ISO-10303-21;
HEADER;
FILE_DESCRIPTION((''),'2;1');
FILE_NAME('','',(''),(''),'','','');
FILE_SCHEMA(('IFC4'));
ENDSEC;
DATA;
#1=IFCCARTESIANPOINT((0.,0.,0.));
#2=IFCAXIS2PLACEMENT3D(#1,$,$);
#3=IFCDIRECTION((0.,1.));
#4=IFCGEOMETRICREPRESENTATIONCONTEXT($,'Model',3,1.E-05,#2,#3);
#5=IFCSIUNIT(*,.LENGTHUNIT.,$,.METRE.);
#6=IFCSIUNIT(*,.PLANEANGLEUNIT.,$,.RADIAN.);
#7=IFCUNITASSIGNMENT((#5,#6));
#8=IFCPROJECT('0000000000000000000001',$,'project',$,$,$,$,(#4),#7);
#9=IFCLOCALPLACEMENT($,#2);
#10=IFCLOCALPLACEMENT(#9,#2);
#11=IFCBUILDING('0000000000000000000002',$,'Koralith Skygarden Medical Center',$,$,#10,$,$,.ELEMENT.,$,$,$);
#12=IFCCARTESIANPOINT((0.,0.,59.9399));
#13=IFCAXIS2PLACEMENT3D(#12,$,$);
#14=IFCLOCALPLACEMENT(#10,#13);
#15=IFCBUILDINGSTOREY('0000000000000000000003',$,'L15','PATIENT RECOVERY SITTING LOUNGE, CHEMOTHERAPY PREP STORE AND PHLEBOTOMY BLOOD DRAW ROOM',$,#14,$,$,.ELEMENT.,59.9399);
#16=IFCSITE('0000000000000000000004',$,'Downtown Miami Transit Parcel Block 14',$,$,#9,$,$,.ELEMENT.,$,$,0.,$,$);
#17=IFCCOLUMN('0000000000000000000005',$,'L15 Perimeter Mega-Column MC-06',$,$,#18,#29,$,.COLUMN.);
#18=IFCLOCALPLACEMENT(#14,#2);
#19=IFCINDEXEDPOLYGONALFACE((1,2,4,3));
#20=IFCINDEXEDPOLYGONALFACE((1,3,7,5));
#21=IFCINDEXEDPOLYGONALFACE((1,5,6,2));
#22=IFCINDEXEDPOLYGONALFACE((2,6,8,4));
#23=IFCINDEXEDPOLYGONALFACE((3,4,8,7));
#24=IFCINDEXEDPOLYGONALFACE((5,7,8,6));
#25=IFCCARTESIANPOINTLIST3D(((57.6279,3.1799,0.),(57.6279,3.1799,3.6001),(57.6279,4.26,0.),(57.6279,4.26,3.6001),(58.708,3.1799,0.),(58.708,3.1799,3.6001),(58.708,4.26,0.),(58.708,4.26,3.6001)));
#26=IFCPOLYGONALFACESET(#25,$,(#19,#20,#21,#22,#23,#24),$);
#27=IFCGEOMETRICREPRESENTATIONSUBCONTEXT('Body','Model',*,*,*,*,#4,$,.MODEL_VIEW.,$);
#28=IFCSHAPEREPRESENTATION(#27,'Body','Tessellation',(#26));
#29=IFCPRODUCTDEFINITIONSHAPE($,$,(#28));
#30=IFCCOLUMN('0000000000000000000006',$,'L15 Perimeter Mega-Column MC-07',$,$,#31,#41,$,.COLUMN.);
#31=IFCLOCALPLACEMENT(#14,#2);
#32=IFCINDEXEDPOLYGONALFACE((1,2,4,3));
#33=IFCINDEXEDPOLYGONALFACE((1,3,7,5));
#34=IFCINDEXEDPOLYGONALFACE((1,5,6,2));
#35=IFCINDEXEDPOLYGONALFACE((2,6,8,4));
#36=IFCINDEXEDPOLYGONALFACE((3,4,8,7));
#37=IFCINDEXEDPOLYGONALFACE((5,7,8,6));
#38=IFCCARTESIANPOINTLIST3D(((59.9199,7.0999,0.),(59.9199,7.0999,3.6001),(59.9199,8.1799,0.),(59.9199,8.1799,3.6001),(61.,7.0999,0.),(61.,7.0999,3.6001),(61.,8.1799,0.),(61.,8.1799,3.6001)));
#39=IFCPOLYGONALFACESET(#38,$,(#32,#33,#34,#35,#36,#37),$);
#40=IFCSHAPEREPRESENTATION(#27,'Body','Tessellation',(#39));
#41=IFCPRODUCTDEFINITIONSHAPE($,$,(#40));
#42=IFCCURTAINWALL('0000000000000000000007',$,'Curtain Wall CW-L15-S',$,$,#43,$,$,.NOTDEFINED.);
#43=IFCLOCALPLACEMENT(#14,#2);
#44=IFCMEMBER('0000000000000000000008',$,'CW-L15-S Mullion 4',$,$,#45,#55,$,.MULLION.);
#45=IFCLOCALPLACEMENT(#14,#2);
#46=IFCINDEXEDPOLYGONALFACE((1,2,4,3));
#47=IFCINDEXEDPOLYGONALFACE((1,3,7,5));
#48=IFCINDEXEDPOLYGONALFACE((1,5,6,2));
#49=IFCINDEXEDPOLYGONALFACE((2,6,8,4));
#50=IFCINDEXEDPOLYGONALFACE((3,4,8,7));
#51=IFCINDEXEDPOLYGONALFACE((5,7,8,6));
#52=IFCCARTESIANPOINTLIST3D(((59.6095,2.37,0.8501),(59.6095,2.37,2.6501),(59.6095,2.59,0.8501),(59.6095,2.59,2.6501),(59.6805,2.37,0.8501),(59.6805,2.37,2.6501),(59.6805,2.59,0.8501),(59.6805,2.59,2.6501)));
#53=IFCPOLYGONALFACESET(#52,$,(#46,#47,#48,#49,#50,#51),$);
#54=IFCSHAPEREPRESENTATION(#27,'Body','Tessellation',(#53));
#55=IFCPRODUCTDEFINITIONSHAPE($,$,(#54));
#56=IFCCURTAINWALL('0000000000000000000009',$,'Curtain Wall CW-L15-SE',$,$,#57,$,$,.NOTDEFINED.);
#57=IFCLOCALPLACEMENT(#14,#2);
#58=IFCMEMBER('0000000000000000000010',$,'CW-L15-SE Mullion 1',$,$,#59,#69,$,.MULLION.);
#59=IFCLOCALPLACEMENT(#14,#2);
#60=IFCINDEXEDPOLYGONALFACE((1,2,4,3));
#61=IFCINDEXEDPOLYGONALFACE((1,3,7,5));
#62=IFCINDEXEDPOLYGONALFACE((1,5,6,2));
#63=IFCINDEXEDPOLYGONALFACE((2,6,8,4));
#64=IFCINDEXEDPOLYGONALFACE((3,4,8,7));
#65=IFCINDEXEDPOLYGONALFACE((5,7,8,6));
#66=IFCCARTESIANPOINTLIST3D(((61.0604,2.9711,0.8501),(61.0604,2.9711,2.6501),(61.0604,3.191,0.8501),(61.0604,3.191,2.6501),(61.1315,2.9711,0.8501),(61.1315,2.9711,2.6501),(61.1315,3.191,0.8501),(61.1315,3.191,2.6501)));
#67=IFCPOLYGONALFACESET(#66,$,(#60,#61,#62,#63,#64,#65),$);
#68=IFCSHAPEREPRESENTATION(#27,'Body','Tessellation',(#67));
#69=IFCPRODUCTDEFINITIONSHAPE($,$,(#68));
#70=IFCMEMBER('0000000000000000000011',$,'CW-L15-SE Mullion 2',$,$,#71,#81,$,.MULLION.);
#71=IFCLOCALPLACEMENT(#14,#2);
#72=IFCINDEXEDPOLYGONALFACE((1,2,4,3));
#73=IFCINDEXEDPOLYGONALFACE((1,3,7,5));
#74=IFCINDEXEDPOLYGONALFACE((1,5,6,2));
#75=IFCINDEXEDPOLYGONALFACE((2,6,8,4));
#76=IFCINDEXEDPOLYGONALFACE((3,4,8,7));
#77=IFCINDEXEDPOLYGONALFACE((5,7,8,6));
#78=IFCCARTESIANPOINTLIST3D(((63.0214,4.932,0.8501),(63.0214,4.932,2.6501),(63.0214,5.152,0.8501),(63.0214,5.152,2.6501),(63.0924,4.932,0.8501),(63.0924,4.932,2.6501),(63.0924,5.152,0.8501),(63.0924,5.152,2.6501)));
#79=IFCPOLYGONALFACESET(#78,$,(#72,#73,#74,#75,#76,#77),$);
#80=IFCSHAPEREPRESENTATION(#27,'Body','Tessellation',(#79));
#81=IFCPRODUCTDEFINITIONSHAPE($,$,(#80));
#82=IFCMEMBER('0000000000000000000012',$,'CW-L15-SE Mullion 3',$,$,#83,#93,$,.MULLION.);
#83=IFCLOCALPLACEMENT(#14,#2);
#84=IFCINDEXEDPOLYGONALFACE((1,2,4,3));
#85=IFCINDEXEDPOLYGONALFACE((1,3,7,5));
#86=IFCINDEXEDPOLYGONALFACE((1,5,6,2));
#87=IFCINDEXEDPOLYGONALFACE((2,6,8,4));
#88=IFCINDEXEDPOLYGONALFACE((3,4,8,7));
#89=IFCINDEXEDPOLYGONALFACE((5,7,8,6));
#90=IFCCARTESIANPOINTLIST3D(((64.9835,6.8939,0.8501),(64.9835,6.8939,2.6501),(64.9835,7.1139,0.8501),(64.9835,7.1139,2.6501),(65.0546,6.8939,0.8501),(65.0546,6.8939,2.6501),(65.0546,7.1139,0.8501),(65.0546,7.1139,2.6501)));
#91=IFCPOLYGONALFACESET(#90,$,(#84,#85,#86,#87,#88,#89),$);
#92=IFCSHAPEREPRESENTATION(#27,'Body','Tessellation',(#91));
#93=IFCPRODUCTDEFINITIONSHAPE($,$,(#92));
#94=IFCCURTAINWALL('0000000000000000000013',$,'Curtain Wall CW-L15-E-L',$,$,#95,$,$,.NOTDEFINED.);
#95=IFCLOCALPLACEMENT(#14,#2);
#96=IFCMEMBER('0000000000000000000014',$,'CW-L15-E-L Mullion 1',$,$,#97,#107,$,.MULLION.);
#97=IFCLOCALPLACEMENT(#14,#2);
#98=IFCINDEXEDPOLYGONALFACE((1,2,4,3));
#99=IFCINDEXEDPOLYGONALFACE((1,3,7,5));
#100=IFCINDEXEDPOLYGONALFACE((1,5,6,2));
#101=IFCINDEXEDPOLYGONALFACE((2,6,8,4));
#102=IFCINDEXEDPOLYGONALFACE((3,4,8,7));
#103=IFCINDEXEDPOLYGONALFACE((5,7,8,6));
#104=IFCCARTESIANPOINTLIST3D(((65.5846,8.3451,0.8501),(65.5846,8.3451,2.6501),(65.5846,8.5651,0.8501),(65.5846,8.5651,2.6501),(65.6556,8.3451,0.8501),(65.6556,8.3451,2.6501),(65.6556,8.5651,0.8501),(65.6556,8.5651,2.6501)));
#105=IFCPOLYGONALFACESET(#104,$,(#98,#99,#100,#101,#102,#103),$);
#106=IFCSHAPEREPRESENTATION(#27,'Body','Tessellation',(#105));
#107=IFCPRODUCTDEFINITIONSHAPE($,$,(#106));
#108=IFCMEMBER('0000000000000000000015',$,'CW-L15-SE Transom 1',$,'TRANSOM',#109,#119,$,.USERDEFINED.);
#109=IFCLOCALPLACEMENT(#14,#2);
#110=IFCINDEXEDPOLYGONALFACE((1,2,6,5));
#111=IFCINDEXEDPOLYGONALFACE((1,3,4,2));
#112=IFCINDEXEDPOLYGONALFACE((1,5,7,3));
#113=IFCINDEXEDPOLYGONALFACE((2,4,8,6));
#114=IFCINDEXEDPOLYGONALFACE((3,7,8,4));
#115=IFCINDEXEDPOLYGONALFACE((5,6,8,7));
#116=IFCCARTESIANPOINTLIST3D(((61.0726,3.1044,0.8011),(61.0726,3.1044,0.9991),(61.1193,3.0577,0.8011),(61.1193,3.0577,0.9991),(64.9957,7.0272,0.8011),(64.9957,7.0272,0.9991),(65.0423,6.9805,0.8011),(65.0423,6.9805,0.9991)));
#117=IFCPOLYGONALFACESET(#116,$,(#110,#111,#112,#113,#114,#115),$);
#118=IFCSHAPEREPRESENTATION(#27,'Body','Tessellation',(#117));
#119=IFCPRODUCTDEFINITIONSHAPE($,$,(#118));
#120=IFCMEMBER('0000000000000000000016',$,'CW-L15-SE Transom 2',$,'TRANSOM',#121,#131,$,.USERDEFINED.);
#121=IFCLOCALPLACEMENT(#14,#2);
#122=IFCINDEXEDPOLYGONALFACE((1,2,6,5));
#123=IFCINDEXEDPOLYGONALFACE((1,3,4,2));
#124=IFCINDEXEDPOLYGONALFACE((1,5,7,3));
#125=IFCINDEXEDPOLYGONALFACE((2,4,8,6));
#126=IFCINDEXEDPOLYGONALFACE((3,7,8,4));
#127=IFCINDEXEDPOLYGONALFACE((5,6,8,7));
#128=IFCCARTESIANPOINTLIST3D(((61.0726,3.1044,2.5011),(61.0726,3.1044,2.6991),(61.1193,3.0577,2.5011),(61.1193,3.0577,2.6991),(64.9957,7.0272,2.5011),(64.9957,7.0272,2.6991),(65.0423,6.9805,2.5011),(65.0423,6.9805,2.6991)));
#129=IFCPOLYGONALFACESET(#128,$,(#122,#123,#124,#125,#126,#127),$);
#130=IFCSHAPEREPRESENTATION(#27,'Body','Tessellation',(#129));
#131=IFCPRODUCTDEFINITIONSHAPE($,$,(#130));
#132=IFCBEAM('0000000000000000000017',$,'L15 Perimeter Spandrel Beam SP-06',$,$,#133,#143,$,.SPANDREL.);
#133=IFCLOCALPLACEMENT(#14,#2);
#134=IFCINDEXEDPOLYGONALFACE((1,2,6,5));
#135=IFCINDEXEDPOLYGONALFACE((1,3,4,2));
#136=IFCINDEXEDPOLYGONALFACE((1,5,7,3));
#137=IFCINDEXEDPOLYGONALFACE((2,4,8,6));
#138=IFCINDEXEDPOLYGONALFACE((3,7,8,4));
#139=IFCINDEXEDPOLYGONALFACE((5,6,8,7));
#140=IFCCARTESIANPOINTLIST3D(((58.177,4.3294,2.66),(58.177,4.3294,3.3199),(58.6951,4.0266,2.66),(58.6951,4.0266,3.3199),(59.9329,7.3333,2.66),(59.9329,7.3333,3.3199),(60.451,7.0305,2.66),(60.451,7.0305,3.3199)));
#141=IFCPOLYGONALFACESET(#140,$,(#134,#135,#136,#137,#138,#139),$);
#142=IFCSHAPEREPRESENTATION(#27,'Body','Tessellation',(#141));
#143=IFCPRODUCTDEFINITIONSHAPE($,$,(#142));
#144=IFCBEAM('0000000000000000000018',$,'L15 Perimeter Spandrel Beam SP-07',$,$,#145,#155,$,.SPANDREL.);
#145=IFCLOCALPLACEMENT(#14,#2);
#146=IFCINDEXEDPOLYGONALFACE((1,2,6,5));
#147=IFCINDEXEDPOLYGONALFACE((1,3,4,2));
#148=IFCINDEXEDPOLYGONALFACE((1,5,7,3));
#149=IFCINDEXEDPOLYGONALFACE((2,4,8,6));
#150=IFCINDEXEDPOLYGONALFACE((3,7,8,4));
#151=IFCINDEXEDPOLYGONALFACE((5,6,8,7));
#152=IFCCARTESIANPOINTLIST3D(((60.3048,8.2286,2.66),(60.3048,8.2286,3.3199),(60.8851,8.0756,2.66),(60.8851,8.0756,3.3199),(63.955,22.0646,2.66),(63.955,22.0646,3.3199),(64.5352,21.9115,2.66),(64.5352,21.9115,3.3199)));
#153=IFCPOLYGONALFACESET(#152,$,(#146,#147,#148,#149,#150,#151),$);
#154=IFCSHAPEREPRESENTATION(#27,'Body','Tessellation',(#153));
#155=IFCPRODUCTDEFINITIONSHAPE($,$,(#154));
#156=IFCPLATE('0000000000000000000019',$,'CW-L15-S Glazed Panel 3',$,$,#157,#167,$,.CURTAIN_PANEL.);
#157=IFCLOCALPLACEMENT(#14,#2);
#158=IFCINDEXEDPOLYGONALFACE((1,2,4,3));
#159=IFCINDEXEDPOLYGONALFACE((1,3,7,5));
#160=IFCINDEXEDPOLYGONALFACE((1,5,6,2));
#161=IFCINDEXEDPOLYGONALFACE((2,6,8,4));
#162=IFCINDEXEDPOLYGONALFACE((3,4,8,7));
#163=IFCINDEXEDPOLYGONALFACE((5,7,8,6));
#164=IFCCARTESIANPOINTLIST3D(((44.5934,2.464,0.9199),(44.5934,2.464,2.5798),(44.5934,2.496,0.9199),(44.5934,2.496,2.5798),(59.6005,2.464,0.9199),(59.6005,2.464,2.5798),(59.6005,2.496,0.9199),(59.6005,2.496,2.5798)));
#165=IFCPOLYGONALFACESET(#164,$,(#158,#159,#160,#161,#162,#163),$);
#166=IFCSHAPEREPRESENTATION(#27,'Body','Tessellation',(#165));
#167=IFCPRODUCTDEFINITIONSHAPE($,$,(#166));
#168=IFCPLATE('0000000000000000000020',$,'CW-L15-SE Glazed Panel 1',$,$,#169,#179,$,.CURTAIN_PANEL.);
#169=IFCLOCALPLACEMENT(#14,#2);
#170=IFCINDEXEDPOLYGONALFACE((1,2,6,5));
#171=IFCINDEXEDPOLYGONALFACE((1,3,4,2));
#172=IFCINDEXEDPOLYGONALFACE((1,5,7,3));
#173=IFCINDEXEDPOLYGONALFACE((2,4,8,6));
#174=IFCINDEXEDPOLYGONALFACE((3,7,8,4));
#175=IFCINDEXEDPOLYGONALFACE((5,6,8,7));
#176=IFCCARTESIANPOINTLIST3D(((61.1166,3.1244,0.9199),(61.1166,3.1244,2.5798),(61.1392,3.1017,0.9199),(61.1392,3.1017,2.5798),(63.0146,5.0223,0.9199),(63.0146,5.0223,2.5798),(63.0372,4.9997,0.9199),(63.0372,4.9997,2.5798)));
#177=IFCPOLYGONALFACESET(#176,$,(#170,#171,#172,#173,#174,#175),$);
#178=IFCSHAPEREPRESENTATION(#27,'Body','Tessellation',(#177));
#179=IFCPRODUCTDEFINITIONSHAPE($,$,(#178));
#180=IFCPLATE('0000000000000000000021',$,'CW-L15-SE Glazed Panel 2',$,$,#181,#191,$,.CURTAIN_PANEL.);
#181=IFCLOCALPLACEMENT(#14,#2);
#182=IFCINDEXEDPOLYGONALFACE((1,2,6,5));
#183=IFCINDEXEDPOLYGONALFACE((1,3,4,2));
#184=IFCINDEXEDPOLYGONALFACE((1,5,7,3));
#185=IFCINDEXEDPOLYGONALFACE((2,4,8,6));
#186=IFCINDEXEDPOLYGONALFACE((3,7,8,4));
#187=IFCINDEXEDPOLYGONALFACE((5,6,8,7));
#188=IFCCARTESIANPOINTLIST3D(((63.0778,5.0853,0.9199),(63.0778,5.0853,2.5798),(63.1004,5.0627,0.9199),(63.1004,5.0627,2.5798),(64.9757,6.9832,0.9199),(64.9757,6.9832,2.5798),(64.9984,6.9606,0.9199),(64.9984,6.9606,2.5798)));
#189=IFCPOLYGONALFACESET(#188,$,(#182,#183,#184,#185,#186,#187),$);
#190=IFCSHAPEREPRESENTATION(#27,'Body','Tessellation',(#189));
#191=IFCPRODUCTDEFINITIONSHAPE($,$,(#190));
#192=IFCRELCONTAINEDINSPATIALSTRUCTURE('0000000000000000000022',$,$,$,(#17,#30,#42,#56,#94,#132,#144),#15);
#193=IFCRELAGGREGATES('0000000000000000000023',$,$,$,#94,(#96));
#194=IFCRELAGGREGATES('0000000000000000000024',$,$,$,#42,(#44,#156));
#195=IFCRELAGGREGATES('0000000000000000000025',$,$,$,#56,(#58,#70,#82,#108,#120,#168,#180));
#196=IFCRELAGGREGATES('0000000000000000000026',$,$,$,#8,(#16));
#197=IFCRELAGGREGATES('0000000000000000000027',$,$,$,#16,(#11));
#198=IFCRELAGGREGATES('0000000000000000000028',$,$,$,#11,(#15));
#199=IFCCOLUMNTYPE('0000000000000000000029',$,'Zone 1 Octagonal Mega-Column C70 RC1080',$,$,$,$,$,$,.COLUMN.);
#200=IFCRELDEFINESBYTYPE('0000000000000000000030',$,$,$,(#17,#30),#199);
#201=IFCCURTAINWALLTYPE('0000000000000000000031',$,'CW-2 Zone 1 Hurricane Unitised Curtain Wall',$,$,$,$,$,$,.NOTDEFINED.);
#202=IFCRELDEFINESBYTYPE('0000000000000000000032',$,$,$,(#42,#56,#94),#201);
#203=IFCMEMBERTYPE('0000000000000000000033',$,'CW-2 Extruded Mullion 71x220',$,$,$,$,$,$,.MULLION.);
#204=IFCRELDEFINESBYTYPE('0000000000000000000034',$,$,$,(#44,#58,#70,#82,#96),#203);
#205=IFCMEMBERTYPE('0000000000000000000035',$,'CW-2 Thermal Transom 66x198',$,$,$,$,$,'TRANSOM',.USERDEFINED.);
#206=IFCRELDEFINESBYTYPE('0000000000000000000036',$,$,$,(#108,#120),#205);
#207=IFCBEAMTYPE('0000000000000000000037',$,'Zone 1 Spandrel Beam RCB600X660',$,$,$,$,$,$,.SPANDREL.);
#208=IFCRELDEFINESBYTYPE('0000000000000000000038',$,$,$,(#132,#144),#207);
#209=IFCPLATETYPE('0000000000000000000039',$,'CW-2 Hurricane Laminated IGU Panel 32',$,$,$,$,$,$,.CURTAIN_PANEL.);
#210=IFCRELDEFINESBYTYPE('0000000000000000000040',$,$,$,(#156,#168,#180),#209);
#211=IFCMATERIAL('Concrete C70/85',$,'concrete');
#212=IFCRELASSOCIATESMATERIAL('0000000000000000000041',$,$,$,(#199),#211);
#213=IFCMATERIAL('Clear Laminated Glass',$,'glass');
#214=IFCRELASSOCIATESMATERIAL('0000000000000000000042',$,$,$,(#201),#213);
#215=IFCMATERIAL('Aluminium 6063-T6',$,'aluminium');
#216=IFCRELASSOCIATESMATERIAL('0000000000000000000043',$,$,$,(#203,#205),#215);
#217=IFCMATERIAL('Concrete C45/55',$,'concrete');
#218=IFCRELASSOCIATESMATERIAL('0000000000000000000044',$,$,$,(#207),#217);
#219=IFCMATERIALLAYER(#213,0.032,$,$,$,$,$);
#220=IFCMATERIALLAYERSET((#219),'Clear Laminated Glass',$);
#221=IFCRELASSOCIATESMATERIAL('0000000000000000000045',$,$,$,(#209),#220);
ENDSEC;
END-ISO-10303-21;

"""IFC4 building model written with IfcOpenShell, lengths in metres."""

from ifc_helpers import new_model, si_unit, direction, frame, origin, origin_2d, place, context, subcontext, project, spatial, rectangle, extrude, material, layer, layer_set, material_profile, profile_set, type_object, element, aggregate, save


model = new_model("IFC4")

# Units and contexts
model_context = context("Model", 3, precision=1e-05, world=origin(), true_north=direction((0.0, 1.0)))
body_context = subcontext(model_context, "Body", "Model", "MODEL_VIEW")
ifc_project = project(units=[si_unit("LENGTHUNIT", "METRE"), si_unit("PLANEANGLEUNIT", "RADIAN")], contexts=[model_context])

# Site, building, storey
site_placement = place(None, origin())
site = spatial("IfcSite", under=ifc_project, at=site_placement, Name="Downtown Miami Transit Parcel Block 14", CompositionType="ELEMENT", RefElevation=0.0)
building_placement = place(site_placement, origin())
building = spatial("IfcBuilding", under=site, at=building_placement, Name="Koralith Skygarden Medical Center", CompositionType="ELEMENT")
storey_placement = place(building_placement, frame((0.0, 0.0, 59.9399)))
storey = spatial("IfcBuildingStorey", under=building, at=storey_placement, Name="L15", Description="PATIENT RECOVERY SITTING LOUNGE, CHEMOTHERAPY PREP STORE AND PHLEBOTOMY BLOOD DRAW ROOM", CompositionType="ELEMENT", Elevation=59.9399)

# Columns
ifc_material_1 = material(Name="Concrete C70/85", Category="concrete")
ifc_material_profile_1 = material_profile(ifc_material_1, rectangle(XDim=1.0801, YDim=1.0801, at=origin_2d()), Name="RC1080X1080")
ifc_profile_set_1 = profile_set([ifc_material_profile_1], Name="Concrete C70/85")
column_type = type_object("IfcColumnType", Name="Zone 1 Octagonal Mega-Column C70 RC1080", PredefinedType="COLUMN", material=ifc_profile_set_1)
for number, where, z_axis, x_axis, name in (
    (1, (58.168, 3.72, 0.0), (0.0, 0.0, 1.0), (1.0, 0.0, 0.0), "L15 Perimeter Mega-Column MC-06"),
    (2, (60.46, 7.6399, 0.0), (0.0, 0.0, 1.0), (1.0, 0.0, 0.0), "L15 Perimeter Mega-Column MC-07"),
):
    element("IfcColumn", number, at=place(storey_placement, frame(where, z_axis=z_axis, x_axis=x_axis)), inside=storey, type_object=column_type, Name=name, PredefinedType="COLUMN", context=body_context, shape_type="SweptSolid", body=[
        extrude(rectangle(XDim=1.0801, YDim=1.0801, at=origin_2d()), origin(), (0.0, 0.0, 1.0), 3.6001),
    ])

# Curtain wall, member
ifc_material_2 = material(Name="Clear Laminated Glass", Category="glass")
curtain_wall_type = type_object("IfcCurtainWallType", Name="CW-2 Zone 1 Hurricane Unitised Curtain Wall", PredefinedType="NOTDEFINED", material=ifc_material_2)
curtain_wall_1_placement = place(storey_placement, origin())
curtain_wall_1 = element("IfcCurtainWall", 3, at=curtain_wall_1_placement, inside=storey, type_object=curtain_wall_type, Name="Curtain Wall CW-L15-S", PredefinedType="NOTDEFINED")
ifc_material_3 = material(Name="Aluminium 6063-T6", Category="aluminium")
ifc_material_profile_2 = material_profile(ifc_material_3, rectangle(XDim=0.071, YDim=0.22, at=origin_2d()), Name="MUL71X220")
ifc_profile_set_2 = profile_set([ifc_material_profile_2], Name="Aluminium 6063-T6")
member_type_1 = type_object("IfcMemberType", Name="CW-2 Extruded Mullion 71x220", PredefinedType="MULLION", material=ifc_profile_set_2)
member_1_placement = place(storey_placement, frame((59.645, 2.48, 0.8501), z_axis=(0.0, 0.0, 1.0), x_axis=(1.0, 0.0, 0.0)))
member_1 = element("IfcMember", 4, at=member_1_placement, type_object=member_type_1, Name="CW-L15-S Mullion 4", PredefinedType="MULLION", context=body_context, shape_type="SweptSolid", body=[
    extrude(rectangle(XDim=0.071, YDim=0.22, at=origin_2d()), origin(), (0.0, 0.0, 1.0), 1.8),
])

# Curtain wall, members
curtain_wall_2_placement = place(storey_placement, origin())
curtain_wall_2 = element("IfcCurtainWall", 5, at=curtain_wall_2_placement, inside=storey, type_object=curtain_wall_type, Name="Curtain Wall CW-L15-SE", PredefinedType="NOTDEFINED")
member_2_placement = place(storey_placement, frame((61.0959, 3.0811, 0.8501), z_axis=(0.0, 0.0, 1.0), x_axis=(1.0, 0.0, 0.0)))
member_2 = element("IfcMember", 6, at=member_2_placement, type_object=member_type_1, Name="CW-L15-SE Mullion 1", PredefinedType="MULLION", context=body_context, shape_type="SweptSolid", body=[
    extrude(rectangle(XDim=0.071, YDim=0.22, at=origin_2d()), origin(), (0.0, 0.0, 1.0), 1.8),
])
member_3_placement = place(storey_placement, frame((63.0569, 5.042, 0.8501), z_axis=(0.0, 0.0, 1.0), x_axis=(1.0, 0.0, 0.0)))
member_3 = element("IfcMember", 7, at=member_3_placement, type_object=member_type_1, Name="CW-L15-SE Mullion 2", PredefinedType="MULLION", context=body_context, shape_type="SweptSolid", body=[
    extrude(rectangle(XDim=0.071, YDim=0.22, at=origin_2d()), origin(), (0.0, 0.0, 1.0), 1.8),
])
member_4_placement = place(storey_placement, frame((65.019, 7.0039, 0.8501), z_axis=(0.0, 0.0, 1.0), x_axis=(1.0, 0.0, 0.0)))
member_4 = element("IfcMember", 8, at=member_4_placement, type_object=member_type_1, Name="CW-L15-SE Mullion 3", PredefinedType="MULLION", context=body_context, shape_type="SweptSolid", body=[
    extrude(rectangle(XDim=0.071, YDim=0.22, at=origin_2d()), origin(), (0.0, 0.0, 1.0), 1.8),
])

# Curtain wall, member
curtain_wall_3_placement = place(storey_placement, origin())
curtain_wall_3 = element("IfcCurtainWall", 9, at=curtain_wall_3_placement, inside=storey, type_object=curtain_wall_type, Name="Curtain Wall CW-L15-E-L", PredefinedType="NOTDEFINED")
member_5_placement = place(storey_placement, frame((65.6201, 8.4551, 0.8501), z_axis=(0.0, 0.0, 1.0), x_axis=(1.0, 0.0, 0.0)))
member_5 = element("IfcMember", 10, at=member_5_placement, type_object=member_type_1, Name="CW-L15-E-L Mullion 1", PredefinedType="MULLION", context=body_context, shape_type="SweptSolid", body=[
    extrude(rectangle(XDim=0.071, YDim=0.22, at=origin_2d()), origin(), (0.0, 0.0, 1.0), 1.8),
])
aggregate(curtain_wall_3, [member_5])

# Members
ifc_material_profile_3 = material_profile(ifc_material_3, rectangle(XDim=0.0659, YDim=0.198, at=origin_2d()), Name="TRN66X198")
ifc_profile_set_3 = profile_set([ifc_material_profile_3], Name="Aluminium 6063-T6")
member_type_2 = type_object("IfcMemberType", Name="CW-2 Thermal Transom 66x198", ElementType="TRANSOM", PredefinedType="USERDEFINED", material=ifc_profile_set_3)
member_6_placement = place(storey_placement, frame((61.0959, 3.0811, 0.9001), z_axis=(0.707129, 0.707085, 0.0), x_axis=(-0.707085, 0.707129, 0.0)))
member_6 = element("IfcMember", 11, at=member_6_placement, type_object=member_type_2, Name="CW-L15-SE Transom 1", ObjectType="TRANSOM", PredefinedType="USERDEFINED", context=body_context, shape_type="SweptSolid", body=[
    extrude(rectangle(XDim=0.0659, YDim=0.198, at=origin_2d()), origin(), (0.0, 0.0, 1.0), 5.5479),
])
member_7_placement = place(storey_placement, frame((61.0959, 3.0811, 2.6001), z_axis=(0.707129, 0.707085, 0.0), x_axis=(-0.707085, 0.707129, 0.0)))
member_7 = element("IfcMember", 12, at=member_7_placement, type_object=member_type_2, Name="CW-L15-SE Transom 2", ObjectType="TRANSOM", PredefinedType="USERDEFINED", context=body_context, shape_type="SweptSolid", body=[
    extrude(rectangle(XDim=0.0659, YDim=0.198, at=origin_2d()), origin(), (0.0, 0.0, 1.0), 5.5479),
])

# Beams
ifc_material_4 = material(Name="Concrete C45/55", Category="concrete")
ifc_material_profile_4 = material_profile(ifc_material_4, rectangle(XDim=0.6001, YDim=0.6599, at=origin_2d()), Name="RCB600X660")
ifc_profile_set_4 = profile_set([ifc_material_profile_4], Name="Concrete C45/55")
beam_type = type_object("IfcBeamType", Name="Zone 1 Spandrel Beam RCB600X660", PredefinedType="SPANDREL", material=ifc_profile_set_4)
beam_1_placement = place(storey_placement, frame((58.436, 4.178, 2.99), z_axis=(0.504639, 0.863331, 0.0), x_axis=(-0.863331, 0.504639, 0.0)))
element("IfcBeam", 13, at=beam_1_placement, inside=storey, type_object=beam_type, Name="L15 Perimeter Spandrel Beam SP-06", PredefinedType="SPANDREL", context=body_context, shape_type="SweptSolid", body=[
    extrude(rectangle(XDim=0.6001, YDim=0.6599, at=origin_2d()), origin(), (0.0, 0.0, 1.0), 3.4795),
])
beam_2_placement = place(storey_placement, frame((60.595, 8.1521, 2.99), z_axis=(0.255089, 0.966918, 0.0), x_axis=(-0.966918, 0.255089, 0.0)))
element("IfcBeam", 14, at=beam_2_placement, inside=storey, type_object=beam_type, Name="L15 Perimeter Spandrel Beam SP-07", PredefinedType="SPANDREL", context=body_context, shape_type="SweptSolid", body=[
    extrude(rectangle(XDim=0.6001, YDim=0.6599, at=origin_2d()), origin(), (0.0, 0.0, 1.0), 14.3093),
])

# Plates
ifc_layer_1 = layer(ifc_material_2, 0.032)
ifc_layer_set_1 = layer_set([ifc_layer_1], Name="Clear Laminated Glass")
plate_type_1 = type_object("IfcPlateType", Name="CW-2 Hurricane Laminated IGU Panel 32", PredefinedType="CURTAIN_PANEL", material=ifc_layer_set_1)
plate_1_placement = place(storey_placement, frame((52.0969, 2.48, 0.9199), z_axis=(0.0, 0.0, 1.0), x_axis=(1.0, 0.0, 0.0)))
plate_1 = element("IfcPlate", 15, at=plate_1_placement, type_object=plate_type_1, Name="CW-L15-S Glazed Panel 3", PredefinedType="CURTAIN_PANEL", context=body_context, shape_type="SweptSolid", body=[
    extrude(rectangle(XDim=15.0071, YDim=0.032, at=origin_2d()), origin(), (0.0, 0.0, 1.0), 1.6599),
])
aggregate(curtain_wall_1, [member_1, plate_1])
plate_2_placement = place(storey_placement, frame((62.0769, 4.062, 0.9199), z_axis=(0.0, 0.0, 1.0), x_axis=(0.707107, 0.707107, 0.0)))
plate_2 = element("IfcPlate", 16, at=plate_2_placement, type_object=plate_type_1, Name="CW-L15-SE Glazed Panel 1", PredefinedType="CURTAIN_PANEL", context=body_context, shape_type="SweptSolid", body=[
    extrude(rectangle(XDim=2.6841, YDim=0.032, at=origin_2d()), origin(), (0.0, 0.0, 1.0), 1.6599),
])
plate_3_placement = place(storey_placement, frame((64.0381, 6.0229, 0.9199), z_axis=(0.0, 0.0, 1.0), x_axis=(0.707107, 0.707107, 0.0)))
plate_3 = element("IfcPlate", 17, at=plate_3_placement, type_object=plate_type_1, Name="CW-L15-SE Glazed Panel 2", PredefinedType="CURTAIN_PANEL", context=body_context, shape_type="SweptSolid", body=[
    extrude(rectangle(XDim=2.6841, YDim=0.032, at=origin_2d()), origin(), (0.0, 0.0, 1.0), 1.6599),
])
aggregate(curtain_wall_2, [member_2, member_3, member_4, member_6, member_7, plate_2, plate_3])

save(model, "model.ifc")
